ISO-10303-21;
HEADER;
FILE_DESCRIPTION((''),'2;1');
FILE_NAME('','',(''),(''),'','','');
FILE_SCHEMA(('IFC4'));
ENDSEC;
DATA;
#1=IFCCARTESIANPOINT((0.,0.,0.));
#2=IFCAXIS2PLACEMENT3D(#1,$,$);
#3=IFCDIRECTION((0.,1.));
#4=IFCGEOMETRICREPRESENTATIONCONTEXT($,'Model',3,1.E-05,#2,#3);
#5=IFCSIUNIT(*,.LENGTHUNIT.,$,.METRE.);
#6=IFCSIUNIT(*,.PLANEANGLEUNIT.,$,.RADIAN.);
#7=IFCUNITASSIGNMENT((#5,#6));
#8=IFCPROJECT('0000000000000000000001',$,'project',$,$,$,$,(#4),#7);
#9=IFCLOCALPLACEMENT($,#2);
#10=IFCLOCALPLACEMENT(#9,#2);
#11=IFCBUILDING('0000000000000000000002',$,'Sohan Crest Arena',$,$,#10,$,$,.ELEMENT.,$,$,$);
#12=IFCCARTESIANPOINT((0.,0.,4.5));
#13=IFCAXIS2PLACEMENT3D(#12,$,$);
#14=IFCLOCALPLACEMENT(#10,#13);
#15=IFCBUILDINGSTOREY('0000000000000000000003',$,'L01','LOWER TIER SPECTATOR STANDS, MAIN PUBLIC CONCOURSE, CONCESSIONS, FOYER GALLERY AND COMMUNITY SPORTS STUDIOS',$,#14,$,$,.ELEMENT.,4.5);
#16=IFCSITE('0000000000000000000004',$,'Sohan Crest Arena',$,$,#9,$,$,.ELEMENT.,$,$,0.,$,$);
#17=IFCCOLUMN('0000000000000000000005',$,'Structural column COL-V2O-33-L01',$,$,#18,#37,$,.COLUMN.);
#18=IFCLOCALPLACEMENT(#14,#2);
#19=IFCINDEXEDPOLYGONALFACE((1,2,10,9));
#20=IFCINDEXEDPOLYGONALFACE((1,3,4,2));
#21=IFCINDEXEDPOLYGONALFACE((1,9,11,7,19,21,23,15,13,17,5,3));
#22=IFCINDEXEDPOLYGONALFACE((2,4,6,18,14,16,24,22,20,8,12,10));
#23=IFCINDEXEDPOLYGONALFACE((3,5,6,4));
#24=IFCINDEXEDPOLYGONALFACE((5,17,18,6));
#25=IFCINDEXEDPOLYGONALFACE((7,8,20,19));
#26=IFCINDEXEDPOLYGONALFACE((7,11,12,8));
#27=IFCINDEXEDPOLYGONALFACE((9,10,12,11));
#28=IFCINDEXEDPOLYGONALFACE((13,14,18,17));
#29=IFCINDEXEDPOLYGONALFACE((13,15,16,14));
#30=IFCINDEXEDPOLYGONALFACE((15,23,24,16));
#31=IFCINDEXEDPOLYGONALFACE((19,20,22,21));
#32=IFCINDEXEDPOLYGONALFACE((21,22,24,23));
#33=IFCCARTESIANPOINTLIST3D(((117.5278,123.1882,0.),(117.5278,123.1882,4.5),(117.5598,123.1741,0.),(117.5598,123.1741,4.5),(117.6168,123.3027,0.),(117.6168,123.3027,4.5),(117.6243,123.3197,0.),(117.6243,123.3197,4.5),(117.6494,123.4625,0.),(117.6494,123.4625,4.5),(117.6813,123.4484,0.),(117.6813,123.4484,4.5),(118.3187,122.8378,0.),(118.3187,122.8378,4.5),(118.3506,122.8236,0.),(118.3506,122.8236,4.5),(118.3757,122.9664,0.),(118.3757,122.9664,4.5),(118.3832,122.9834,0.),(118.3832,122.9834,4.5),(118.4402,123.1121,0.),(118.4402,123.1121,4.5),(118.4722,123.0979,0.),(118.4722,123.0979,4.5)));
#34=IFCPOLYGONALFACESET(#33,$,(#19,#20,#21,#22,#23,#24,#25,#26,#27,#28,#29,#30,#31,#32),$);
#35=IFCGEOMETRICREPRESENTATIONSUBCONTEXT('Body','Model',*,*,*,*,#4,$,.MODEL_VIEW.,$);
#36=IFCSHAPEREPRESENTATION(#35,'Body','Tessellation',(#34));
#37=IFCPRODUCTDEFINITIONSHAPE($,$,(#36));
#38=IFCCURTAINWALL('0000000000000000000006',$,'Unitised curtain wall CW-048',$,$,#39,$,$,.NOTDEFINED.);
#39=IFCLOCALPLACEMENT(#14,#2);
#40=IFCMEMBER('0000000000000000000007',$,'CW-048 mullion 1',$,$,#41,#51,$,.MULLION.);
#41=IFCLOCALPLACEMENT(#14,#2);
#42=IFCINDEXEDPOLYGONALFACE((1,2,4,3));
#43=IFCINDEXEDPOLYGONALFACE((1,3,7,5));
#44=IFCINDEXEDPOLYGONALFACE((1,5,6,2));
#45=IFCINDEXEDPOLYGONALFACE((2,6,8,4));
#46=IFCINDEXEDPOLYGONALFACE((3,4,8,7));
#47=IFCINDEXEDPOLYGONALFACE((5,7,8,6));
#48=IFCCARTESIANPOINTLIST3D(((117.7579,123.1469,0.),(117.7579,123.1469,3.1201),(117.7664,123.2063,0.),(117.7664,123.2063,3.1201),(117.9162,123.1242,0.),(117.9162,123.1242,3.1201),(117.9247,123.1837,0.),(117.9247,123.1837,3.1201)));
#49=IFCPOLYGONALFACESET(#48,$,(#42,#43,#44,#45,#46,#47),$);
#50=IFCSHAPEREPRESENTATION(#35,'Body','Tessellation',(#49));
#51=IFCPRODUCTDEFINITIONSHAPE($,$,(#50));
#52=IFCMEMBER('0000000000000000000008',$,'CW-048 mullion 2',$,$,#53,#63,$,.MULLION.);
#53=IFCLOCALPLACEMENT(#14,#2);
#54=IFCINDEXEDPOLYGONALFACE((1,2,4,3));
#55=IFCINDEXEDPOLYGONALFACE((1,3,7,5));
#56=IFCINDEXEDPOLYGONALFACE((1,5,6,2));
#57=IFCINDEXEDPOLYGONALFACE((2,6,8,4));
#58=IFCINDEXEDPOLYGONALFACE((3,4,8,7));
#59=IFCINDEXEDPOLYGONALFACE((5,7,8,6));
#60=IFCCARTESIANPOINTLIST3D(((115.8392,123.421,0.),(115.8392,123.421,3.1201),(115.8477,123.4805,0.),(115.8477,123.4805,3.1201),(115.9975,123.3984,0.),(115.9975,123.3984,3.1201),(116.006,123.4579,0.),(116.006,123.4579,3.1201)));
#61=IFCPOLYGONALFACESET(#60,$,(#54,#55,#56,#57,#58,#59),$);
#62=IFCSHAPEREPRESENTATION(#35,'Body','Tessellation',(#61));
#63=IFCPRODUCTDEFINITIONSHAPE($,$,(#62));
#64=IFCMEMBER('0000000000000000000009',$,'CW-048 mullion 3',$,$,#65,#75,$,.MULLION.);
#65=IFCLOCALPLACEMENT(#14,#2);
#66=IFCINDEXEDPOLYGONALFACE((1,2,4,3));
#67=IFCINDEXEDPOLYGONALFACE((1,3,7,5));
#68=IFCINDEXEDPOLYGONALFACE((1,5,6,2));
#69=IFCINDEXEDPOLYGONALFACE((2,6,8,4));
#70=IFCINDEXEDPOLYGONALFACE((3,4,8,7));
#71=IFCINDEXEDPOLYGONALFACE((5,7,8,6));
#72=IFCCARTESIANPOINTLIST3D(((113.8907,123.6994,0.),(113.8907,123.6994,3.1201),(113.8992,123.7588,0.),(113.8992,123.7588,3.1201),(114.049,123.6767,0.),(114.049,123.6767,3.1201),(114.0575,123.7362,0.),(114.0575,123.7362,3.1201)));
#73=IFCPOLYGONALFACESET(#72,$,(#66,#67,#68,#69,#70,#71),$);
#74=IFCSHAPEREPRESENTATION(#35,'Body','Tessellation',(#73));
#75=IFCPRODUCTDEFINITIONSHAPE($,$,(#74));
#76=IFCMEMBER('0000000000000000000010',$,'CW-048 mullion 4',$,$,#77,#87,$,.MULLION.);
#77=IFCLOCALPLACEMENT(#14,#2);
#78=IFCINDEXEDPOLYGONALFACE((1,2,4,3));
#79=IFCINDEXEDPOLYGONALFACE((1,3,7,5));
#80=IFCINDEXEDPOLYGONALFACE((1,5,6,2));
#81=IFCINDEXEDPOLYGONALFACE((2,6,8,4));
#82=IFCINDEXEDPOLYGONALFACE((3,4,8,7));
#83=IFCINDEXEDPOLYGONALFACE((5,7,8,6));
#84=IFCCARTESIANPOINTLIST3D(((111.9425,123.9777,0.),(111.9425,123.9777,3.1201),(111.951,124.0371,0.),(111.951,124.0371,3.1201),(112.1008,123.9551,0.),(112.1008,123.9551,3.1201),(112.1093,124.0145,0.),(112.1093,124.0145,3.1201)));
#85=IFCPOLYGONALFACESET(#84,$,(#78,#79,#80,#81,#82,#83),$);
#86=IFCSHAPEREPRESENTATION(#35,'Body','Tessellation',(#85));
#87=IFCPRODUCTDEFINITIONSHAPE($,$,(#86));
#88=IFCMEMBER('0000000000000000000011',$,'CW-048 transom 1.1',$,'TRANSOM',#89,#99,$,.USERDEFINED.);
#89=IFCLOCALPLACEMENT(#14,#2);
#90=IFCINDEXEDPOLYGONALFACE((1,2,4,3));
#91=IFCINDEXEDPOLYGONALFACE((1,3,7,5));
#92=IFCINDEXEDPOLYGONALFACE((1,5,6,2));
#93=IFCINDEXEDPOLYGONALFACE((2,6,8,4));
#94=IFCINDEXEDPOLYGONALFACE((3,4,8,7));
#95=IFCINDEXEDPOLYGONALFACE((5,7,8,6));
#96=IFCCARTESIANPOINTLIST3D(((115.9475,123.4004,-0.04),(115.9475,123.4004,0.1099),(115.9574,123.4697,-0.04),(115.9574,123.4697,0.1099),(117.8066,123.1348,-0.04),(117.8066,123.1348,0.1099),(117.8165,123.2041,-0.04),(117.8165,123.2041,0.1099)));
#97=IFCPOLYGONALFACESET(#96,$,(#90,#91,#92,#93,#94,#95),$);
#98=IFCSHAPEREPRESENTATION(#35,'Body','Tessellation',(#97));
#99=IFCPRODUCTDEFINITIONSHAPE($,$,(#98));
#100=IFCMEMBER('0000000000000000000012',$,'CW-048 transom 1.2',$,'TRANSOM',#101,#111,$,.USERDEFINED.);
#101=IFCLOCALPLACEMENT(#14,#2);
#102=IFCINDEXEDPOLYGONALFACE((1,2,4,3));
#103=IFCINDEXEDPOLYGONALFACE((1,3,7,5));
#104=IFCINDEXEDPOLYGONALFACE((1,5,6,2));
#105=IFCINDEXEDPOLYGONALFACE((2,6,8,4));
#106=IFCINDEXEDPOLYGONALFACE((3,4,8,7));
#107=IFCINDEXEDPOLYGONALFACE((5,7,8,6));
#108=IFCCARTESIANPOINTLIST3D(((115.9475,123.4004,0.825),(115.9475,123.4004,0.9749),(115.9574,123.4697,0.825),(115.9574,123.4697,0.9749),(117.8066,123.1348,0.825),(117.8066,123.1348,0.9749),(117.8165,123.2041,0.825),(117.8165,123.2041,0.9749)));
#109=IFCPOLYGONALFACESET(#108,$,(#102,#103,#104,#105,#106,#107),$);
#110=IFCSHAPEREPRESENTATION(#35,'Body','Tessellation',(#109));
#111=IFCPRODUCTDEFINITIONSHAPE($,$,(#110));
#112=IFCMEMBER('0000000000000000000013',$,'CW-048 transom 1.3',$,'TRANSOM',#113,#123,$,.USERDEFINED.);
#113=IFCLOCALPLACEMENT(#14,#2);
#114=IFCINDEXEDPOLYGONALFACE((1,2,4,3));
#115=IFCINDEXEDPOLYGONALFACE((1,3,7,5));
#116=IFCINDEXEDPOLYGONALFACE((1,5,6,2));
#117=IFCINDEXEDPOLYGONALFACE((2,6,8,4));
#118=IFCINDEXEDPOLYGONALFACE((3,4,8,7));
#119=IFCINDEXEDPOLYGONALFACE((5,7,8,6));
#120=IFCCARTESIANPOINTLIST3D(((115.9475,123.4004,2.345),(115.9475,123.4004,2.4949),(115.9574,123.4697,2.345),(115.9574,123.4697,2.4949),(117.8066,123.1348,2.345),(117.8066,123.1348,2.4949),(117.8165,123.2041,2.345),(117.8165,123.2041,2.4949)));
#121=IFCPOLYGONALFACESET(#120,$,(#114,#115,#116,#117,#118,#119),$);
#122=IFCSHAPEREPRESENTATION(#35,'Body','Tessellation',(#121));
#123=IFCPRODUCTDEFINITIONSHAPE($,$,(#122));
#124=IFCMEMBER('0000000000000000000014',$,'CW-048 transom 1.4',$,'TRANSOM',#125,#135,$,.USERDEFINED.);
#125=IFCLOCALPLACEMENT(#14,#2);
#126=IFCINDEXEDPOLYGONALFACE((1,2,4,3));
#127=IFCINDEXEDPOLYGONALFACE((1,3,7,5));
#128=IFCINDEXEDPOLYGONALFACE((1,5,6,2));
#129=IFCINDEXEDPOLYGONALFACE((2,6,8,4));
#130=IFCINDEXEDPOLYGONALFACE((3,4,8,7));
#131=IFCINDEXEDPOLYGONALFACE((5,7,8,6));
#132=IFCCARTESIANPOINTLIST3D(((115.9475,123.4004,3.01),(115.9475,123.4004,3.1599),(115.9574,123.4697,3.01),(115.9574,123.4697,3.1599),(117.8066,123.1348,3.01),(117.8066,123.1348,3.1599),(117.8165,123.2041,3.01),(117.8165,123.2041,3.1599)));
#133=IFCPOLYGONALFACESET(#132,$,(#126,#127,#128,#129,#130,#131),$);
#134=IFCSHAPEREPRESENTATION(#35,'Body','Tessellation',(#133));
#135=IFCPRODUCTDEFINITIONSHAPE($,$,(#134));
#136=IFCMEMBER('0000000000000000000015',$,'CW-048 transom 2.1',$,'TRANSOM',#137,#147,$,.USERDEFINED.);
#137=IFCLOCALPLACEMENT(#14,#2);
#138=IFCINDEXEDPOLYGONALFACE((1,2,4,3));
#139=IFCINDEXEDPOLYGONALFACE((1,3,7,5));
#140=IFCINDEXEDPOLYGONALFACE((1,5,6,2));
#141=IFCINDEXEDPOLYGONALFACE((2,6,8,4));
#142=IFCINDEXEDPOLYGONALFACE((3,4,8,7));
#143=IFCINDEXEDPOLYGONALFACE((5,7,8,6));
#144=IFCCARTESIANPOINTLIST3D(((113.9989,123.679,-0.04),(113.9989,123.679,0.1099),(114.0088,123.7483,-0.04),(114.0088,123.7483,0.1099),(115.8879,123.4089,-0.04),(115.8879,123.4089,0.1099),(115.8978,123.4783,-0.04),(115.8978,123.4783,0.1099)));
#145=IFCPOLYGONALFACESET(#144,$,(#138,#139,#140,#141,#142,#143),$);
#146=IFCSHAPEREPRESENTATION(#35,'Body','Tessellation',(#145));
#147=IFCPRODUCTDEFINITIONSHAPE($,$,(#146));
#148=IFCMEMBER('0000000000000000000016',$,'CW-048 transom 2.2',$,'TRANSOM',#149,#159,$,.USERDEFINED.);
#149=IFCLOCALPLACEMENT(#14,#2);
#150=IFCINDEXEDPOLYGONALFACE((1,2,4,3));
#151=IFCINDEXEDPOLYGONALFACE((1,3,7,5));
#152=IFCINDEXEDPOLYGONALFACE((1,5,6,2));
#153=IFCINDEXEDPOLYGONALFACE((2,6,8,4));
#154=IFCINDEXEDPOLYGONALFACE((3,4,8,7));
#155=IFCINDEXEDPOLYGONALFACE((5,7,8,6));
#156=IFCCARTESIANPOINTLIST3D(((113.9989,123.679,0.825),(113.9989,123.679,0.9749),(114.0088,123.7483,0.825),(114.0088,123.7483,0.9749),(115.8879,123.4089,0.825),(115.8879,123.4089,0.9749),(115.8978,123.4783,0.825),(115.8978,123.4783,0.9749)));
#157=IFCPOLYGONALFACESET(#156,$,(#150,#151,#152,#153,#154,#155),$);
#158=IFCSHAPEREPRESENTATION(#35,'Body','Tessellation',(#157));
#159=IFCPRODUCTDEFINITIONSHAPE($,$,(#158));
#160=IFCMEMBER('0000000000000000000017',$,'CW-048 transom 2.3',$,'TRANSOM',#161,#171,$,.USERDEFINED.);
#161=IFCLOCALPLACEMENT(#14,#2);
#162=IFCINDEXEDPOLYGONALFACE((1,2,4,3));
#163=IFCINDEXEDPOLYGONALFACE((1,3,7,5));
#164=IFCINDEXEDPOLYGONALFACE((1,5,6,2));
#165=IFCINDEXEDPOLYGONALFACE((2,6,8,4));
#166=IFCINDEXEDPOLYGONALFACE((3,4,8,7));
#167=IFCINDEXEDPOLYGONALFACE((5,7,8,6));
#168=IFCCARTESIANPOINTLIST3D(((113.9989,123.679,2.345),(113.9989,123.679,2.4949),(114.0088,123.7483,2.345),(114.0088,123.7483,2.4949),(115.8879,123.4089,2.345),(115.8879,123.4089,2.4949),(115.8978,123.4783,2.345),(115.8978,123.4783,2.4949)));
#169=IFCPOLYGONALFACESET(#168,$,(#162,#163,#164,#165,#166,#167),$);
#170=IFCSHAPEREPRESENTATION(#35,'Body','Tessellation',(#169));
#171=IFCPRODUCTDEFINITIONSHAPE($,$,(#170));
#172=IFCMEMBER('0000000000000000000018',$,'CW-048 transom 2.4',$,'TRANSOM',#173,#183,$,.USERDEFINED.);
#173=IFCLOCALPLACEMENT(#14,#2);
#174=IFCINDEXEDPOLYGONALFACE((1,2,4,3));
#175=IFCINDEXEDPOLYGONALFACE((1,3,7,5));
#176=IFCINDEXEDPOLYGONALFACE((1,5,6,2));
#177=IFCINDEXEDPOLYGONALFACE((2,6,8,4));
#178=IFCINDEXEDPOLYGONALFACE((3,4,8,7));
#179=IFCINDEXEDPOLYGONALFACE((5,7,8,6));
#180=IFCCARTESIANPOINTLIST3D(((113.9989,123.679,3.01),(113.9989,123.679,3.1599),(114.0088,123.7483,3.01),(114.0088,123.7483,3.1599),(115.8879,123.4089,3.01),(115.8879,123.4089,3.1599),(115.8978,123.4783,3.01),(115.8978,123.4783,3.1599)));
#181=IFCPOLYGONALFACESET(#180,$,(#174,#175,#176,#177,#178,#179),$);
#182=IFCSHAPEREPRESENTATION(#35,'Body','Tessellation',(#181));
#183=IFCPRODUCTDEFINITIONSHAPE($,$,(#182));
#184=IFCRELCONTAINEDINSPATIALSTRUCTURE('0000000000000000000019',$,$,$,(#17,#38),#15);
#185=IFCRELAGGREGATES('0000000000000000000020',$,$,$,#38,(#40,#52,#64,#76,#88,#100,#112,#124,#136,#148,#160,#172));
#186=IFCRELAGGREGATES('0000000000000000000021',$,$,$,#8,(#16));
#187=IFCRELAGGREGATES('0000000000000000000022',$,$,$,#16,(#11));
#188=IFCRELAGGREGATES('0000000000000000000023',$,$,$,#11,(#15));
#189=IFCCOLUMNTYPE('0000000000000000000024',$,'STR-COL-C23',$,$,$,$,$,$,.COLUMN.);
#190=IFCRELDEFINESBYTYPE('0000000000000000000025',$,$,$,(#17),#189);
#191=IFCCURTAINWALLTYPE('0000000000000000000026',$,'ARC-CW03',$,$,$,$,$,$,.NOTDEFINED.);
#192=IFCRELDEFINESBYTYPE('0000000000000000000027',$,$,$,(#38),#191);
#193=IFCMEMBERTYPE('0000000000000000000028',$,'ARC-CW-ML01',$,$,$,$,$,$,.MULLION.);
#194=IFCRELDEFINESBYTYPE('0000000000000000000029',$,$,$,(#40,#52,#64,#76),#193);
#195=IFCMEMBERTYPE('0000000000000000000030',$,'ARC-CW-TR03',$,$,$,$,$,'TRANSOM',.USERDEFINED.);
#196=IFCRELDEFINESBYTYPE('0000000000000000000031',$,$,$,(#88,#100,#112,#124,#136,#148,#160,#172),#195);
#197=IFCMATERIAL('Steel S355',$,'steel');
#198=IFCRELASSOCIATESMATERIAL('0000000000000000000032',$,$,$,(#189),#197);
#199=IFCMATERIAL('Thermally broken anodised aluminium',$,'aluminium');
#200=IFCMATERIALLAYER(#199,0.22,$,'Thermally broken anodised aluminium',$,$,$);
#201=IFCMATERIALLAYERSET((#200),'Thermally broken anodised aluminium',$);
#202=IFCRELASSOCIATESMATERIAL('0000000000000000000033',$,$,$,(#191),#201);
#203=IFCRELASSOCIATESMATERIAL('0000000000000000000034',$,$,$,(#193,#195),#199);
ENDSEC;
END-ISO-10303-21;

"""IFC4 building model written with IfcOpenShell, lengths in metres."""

from ifc_helpers import new_model, si_unit, direction, frame, origin, origin_2d, place, context, subcontext, project, spatial, rectangle, i_section, extrude, material, layer, layer_set, material_profile, profile_set, type_object, element, aggregate, save


model = new_model("IFC4")

# Units and contexts
model_context = context("Model", 3, precision=1e-05, world=origin(), true_north=direction((0.0, 1.0)))
body_context = subcontext(model_context, "Body", "Model", "MODEL_VIEW")
ifc_project = project(units=[si_unit("LENGTHUNIT", "METRE"), si_unit("PLANEANGLEUNIT", "RADIAN")], contexts=[model_context])

# Site, building, storey
site_placement = place(None, origin())
site = spatial("IfcSite", under=ifc_project, at=site_placement, Name="Sohan Crest Arena", CompositionType="ELEMENT", RefElevation=0.0)
building_placement = place(site_placement, origin())
building = spatial("IfcBuilding", under=site, at=building_placement, Name="Sohan Crest Arena", CompositionType="ELEMENT")
storey_placement = place(building_placement, frame((0.0, 0.0, 4.5)))
storey = spatial("IfcBuildingStorey", under=building, at=storey_placement, Name="L01", Description="LOWER TIER SPECTATOR STANDS, MAIN PUBLIC CONCOURSE, CONCESSIONS, FOYER GALLERY AND COMMUNITY SPORTS STUDIOS", CompositionType="ELEMENT", Elevation=4.5)

# Column
ifc_material_1 = material(Name="Steel S355", Category="steel")
ifc_material_profile_1 = material_profile(ifc_material_1, i_section(OverallWidth=0.3, OverallDepth=0.8999, WebThickness=0.0186, FlangeThickness=0.0349, at=origin_2d()), Name="HEB 900")
ifc_profile_set_1 = profile_set([ifc_material_profile_1], Name="Steel S355")
column_type = type_object("IfcColumnType", Name="STR-COL-C23", PredefinedType="COLUMN", material=ifc_profile_set_1)
column_placement = place(storey_placement, frame((118.0, 123.1431, 0.0), z_axis=(0.0, 0.0, 1.0), x_axis=(0.405142, 0.914254, 0.0)))
element("IfcColumn", 1, at=column_placement, inside=storey, type_object=column_type, Name="Structural column COL-V2O-33-L01", PredefinedType="COLUMN", context=body_context, shape_type="SweptSolid", body=[
    extrude(i_section(OverallWidth=0.3, OverallDepth=0.8999, WebThickness=0.0186, FlangeThickness=0.0349, at=origin_2d()), origin(), (0.0, 0.0, 1.0), 4.5),
])

# Curtain wall, members
ifc_material_2 = material(Name="Thermally broken anodised aluminium", Category="aluminium")
ifc_layer_1 = layer(ifc_material_2, 0.22, Name="Thermally broken anodised aluminium")
ifc_layer_set_1 = layer_set([ifc_layer_1], Name="Thermally broken anodised aluminium")
curtain_wall_type = type_object("IfcCurtainWallType", Name="ARC-CW03", PredefinedType="NOTDEFINED", material=ifc_layer_set_1)
curtain_wall_placement = place(storey_placement, origin())
curtain_wall = element("IfcCurtainWall", 2, at=curtain_wall_placement, inside=storey, type_object=curtain_wall_type, Name="Unitised curtain wall CW-048", PredefinedType="NOTDEFINED")
ifc_material_profile_2 = material_profile(ifc_material_2, rectangle(XDim=0.0601, YDim=0.1599, at=origin_2d()), Name="ALU-MULL 60x160")
ifc_profile_set_2 = profile_set([ifc_material_profile_2], Name="Thermally broken anodised aluminium")
member_type_1 = type_object("IfcMemberType", Name="ARC-CW-ML01", PredefinedType="MULLION", material=ifc_profile_set_2)
member_1_placement = place(storey_placement, frame((117.8413, 123.1653, 0.0), z_axis=(0.0, 0.0, 1.0), x_axis=(-0.14145, -0.989945, 0.0)))
member_1 = element("IfcMember", 3, at=member_1_placement, type_object=member_type_1, Name="CW-048 mullion 1", PredefinedType="MULLION", context=body_context, shape_type="SweptSolid", body=[
    extrude(rectangle(XDim=0.0601, YDim=0.1599, at=origin_2d()), origin(), (0.0, 0.0, 1.0), 3.1201),
])
member_2_placement = place(storey_placement, frame((115.9226, 123.4395, 0.0), z_axis=(0.0, 0.0, 1.0), x_axis=(-0.14145, -0.989945, 0.0)))
member_2 = element("IfcMember", 4, at=member_2_placement, type_object=member_type_1, Name="CW-048 mullion 2", PredefinedType="MULLION", context=body_context, shape_type="SweptSolid", body=[
    extrude(rectangle(XDim=0.0601, YDim=0.1599, at=origin_2d()), origin(), (0.0, 0.0, 1.0), 3.1201),
])
member_3_placement = place(storey_placement, frame((113.9741, 123.7178, 0.0), z_axis=(0.0, 0.0, 1.0), x_axis=(-0.14145, -0.989945, 0.0)))
member_3 = element("IfcMember", 5, at=member_3_placement, type_object=member_type_1, Name="CW-048 mullion 3", PredefinedType="MULLION", context=body_context, shape_type="SweptSolid", body=[
    extrude(rectangle(XDim=0.0601, YDim=0.1599, at=origin_2d()), origin(), (0.0, 0.0, 1.0), 3.1201),
])
member_4_placement = place(storey_placement, frame((112.0259, 123.9961, 0.0), z_axis=(0.0, 0.0, 1.0), x_axis=(-0.14145, -0.989945, 0.0)))
member_4 = element("IfcMember", 6, at=member_4_placement, type_object=member_type_1, Name="CW-048 mullion 4", PredefinedType="MULLION", context=body_context, shape_type="SweptSolid", body=[
    extrude(rectangle(XDim=0.0601, YDim=0.1599, at=origin_2d()), origin(), (0.0, 0.0, 1.0), 3.1201),
])
ifc_material_profile_3 = material_profile(ifc_material_2, rectangle(XDim=0.0701, YDim=0.1499, at=origin_2d()), Name="ALU-TRAN 70x150")
ifc_profile_set_3 = profile_set([ifc_material_profile_3], Name="Thermally broken anodised aluminium")
member_type_2 = type_object("IfcMemberType", Name="ARC-CW-TR03", ElementType="TRANSOM", PredefinedType="USERDEFINED", material=ifc_profile_set_3)
member_5_placement = place(storey_placement, frame((117.8115, 123.1694, 0.0349), z_axis=(-0.989947, 0.14144, 0.0), x_axis=(-0.14144, -0.989947, 0.0)))
member_5 = element("IfcMember", 7, at=member_5_placement, type_object=member_type_2, Name="CW-048 transom 1.1", ObjectType="TRANSOM", PredefinedType="USERDEFINED", context=body_context, shape_type="SweptSolid", body=[
    extrude(rectangle(XDim=0.0701, YDim=0.1499, at=origin_2d()), origin(), (0.0, 0.0, 1.0), 1.8779),
])
member_6_placement = place(storey_placement, frame((117.8115, 123.1694, 0.8999), z_axis=(-0.989947, 0.14144, 0.0), x_axis=(-0.14144, -0.989947, 0.0)))
member_6 = element("IfcMember", 8, at=member_6_placement, type_object=member_type_2, Name="CW-048 transom 1.2", ObjectType="TRANSOM", PredefinedType="USERDEFINED", context=body_context, shape_type="SweptSolid", body=[
    extrude(rectangle(XDim=0.0701, YDim=0.1499, at=origin_2d()), origin(), (0.0, 0.0, 1.0), 1.8779),
])
member_7_placement = place(storey_placement, frame((117.8115, 123.1694, 2.4199), z_axis=(-0.989947, 0.14144, 0.0), x_axis=(-0.14144, -0.989947, 0.0)))
member_7 = element("IfcMember", 9, at=member_7_placement, type_object=member_type_2, Name="CW-048 transom 1.3", ObjectType="TRANSOM", PredefinedType="USERDEFINED", context=body_context, shape_type="SweptSolid", body=[
    extrude(rectangle(XDim=0.0701, YDim=0.1499, at=origin_2d()), origin(), (0.0, 0.0, 1.0), 1.8779),
])
member_8_placement = place(storey_placement, frame((117.8115, 123.1694, 3.085), z_axis=(-0.989947, 0.14144, 0.0), x_axis=(-0.14144, -0.989947, 0.0)))
member_8 = element("IfcMember", 10, at=member_8_placement, type_object=member_type_2, Name="CW-048 transom 1.4", ObjectType="TRANSOM", PredefinedType="USERDEFINED", context=body_context, shape_type="SweptSolid", body=[
    extrude(rectangle(XDim=0.0701, YDim=0.1499, at=origin_2d()), origin(), (0.0, 0.0, 1.0), 1.8779),
])
member_9_placement = place(storey_placement, frame((115.8928, 123.4436, 0.0349), z_axis=(-0.989937, 0.141511, 0.0), x_axis=(-0.141511, -0.989937, 0.0)))
member_9 = element("IfcMember", 11, at=member_9_placement, type_object=member_type_2, Name="CW-048 transom 2.1", ObjectType="TRANSOM", PredefinedType="USERDEFINED", context=body_context, shape_type="SweptSolid", body=[
    extrude(rectangle(XDim=0.0701, YDim=0.1499, at=origin_2d()), origin(), (0.0, 0.0, 1.0), 1.9082),
])
member_10_placement = place(storey_placement, frame((115.8928, 123.4436, 0.8999), z_axis=(-0.989937, 0.141511, 0.0), x_axis=(-0.141511, -0.989937, 0.0)))
member_10 = element("IfcMember", 12, at=member_10_placement, type_object=member_type_2, Name="CW-048 transom 2.2", ObjectType="TRANSOM", PredefinedType="USERDEFINED", context=body_context, shape_type="SweptSolid", body=[
    extrude(rectangle(XDim=0.0701, YDim=0.1499, at=origin_2d()), origin(), (0.0, 0.0, 1.0), 1.9082),
])
member_11_placement = place(storey_placement, frame((115.8928, 123.4436, 2.4199), z_axis=(-0.989937, 0.141511, 0.0), x_axis=(-0.141511, -0.989937, 0.0)))
member_11 = element("IfcMember", 13, at=member_11_placement, type_object=member_type_2, Name="CW-048 transom 2.3", ObjectType="TRANSOM", PredefinedType="USERDEFINED", context=body_context, shape_type="SweptSolid", body=[
    extrude(rectangle(XDim=0.0701, YDim=0.1499, at=origin_2d()), origin(), (0.0, 0.0, 1.0), 1.9082),
])
member_12_placement = place(storey_placement, frame((115.8928, 123.4436, 3.085), z_axis=(-0.989937, 0.141511, 0.0), x_axis=(-0.141511, -0.989937, 0.0)))
member_12 = element("IfcMember", 14, at=member_12_placement, type_object=member_type_2, Name="CW-048 transom 2.4", ObjectType="TRANSOM", PredefinedType="USERDEFINED", context=body_context, shape_type="SweptSolid", body=[
    extrude(rectangle(XDim=0.0701, YDim=0.1499, at=origin_2d()), origin(), (0.0, 0.0, 1.0), 1.9082),
])

aggregate(curtain_wall, [member_1, member_2, member_3, member_4, member_5, member_6, member_7, member_8, member_9, member_10, member_11, member_12])

save(model, "model.ifc")
